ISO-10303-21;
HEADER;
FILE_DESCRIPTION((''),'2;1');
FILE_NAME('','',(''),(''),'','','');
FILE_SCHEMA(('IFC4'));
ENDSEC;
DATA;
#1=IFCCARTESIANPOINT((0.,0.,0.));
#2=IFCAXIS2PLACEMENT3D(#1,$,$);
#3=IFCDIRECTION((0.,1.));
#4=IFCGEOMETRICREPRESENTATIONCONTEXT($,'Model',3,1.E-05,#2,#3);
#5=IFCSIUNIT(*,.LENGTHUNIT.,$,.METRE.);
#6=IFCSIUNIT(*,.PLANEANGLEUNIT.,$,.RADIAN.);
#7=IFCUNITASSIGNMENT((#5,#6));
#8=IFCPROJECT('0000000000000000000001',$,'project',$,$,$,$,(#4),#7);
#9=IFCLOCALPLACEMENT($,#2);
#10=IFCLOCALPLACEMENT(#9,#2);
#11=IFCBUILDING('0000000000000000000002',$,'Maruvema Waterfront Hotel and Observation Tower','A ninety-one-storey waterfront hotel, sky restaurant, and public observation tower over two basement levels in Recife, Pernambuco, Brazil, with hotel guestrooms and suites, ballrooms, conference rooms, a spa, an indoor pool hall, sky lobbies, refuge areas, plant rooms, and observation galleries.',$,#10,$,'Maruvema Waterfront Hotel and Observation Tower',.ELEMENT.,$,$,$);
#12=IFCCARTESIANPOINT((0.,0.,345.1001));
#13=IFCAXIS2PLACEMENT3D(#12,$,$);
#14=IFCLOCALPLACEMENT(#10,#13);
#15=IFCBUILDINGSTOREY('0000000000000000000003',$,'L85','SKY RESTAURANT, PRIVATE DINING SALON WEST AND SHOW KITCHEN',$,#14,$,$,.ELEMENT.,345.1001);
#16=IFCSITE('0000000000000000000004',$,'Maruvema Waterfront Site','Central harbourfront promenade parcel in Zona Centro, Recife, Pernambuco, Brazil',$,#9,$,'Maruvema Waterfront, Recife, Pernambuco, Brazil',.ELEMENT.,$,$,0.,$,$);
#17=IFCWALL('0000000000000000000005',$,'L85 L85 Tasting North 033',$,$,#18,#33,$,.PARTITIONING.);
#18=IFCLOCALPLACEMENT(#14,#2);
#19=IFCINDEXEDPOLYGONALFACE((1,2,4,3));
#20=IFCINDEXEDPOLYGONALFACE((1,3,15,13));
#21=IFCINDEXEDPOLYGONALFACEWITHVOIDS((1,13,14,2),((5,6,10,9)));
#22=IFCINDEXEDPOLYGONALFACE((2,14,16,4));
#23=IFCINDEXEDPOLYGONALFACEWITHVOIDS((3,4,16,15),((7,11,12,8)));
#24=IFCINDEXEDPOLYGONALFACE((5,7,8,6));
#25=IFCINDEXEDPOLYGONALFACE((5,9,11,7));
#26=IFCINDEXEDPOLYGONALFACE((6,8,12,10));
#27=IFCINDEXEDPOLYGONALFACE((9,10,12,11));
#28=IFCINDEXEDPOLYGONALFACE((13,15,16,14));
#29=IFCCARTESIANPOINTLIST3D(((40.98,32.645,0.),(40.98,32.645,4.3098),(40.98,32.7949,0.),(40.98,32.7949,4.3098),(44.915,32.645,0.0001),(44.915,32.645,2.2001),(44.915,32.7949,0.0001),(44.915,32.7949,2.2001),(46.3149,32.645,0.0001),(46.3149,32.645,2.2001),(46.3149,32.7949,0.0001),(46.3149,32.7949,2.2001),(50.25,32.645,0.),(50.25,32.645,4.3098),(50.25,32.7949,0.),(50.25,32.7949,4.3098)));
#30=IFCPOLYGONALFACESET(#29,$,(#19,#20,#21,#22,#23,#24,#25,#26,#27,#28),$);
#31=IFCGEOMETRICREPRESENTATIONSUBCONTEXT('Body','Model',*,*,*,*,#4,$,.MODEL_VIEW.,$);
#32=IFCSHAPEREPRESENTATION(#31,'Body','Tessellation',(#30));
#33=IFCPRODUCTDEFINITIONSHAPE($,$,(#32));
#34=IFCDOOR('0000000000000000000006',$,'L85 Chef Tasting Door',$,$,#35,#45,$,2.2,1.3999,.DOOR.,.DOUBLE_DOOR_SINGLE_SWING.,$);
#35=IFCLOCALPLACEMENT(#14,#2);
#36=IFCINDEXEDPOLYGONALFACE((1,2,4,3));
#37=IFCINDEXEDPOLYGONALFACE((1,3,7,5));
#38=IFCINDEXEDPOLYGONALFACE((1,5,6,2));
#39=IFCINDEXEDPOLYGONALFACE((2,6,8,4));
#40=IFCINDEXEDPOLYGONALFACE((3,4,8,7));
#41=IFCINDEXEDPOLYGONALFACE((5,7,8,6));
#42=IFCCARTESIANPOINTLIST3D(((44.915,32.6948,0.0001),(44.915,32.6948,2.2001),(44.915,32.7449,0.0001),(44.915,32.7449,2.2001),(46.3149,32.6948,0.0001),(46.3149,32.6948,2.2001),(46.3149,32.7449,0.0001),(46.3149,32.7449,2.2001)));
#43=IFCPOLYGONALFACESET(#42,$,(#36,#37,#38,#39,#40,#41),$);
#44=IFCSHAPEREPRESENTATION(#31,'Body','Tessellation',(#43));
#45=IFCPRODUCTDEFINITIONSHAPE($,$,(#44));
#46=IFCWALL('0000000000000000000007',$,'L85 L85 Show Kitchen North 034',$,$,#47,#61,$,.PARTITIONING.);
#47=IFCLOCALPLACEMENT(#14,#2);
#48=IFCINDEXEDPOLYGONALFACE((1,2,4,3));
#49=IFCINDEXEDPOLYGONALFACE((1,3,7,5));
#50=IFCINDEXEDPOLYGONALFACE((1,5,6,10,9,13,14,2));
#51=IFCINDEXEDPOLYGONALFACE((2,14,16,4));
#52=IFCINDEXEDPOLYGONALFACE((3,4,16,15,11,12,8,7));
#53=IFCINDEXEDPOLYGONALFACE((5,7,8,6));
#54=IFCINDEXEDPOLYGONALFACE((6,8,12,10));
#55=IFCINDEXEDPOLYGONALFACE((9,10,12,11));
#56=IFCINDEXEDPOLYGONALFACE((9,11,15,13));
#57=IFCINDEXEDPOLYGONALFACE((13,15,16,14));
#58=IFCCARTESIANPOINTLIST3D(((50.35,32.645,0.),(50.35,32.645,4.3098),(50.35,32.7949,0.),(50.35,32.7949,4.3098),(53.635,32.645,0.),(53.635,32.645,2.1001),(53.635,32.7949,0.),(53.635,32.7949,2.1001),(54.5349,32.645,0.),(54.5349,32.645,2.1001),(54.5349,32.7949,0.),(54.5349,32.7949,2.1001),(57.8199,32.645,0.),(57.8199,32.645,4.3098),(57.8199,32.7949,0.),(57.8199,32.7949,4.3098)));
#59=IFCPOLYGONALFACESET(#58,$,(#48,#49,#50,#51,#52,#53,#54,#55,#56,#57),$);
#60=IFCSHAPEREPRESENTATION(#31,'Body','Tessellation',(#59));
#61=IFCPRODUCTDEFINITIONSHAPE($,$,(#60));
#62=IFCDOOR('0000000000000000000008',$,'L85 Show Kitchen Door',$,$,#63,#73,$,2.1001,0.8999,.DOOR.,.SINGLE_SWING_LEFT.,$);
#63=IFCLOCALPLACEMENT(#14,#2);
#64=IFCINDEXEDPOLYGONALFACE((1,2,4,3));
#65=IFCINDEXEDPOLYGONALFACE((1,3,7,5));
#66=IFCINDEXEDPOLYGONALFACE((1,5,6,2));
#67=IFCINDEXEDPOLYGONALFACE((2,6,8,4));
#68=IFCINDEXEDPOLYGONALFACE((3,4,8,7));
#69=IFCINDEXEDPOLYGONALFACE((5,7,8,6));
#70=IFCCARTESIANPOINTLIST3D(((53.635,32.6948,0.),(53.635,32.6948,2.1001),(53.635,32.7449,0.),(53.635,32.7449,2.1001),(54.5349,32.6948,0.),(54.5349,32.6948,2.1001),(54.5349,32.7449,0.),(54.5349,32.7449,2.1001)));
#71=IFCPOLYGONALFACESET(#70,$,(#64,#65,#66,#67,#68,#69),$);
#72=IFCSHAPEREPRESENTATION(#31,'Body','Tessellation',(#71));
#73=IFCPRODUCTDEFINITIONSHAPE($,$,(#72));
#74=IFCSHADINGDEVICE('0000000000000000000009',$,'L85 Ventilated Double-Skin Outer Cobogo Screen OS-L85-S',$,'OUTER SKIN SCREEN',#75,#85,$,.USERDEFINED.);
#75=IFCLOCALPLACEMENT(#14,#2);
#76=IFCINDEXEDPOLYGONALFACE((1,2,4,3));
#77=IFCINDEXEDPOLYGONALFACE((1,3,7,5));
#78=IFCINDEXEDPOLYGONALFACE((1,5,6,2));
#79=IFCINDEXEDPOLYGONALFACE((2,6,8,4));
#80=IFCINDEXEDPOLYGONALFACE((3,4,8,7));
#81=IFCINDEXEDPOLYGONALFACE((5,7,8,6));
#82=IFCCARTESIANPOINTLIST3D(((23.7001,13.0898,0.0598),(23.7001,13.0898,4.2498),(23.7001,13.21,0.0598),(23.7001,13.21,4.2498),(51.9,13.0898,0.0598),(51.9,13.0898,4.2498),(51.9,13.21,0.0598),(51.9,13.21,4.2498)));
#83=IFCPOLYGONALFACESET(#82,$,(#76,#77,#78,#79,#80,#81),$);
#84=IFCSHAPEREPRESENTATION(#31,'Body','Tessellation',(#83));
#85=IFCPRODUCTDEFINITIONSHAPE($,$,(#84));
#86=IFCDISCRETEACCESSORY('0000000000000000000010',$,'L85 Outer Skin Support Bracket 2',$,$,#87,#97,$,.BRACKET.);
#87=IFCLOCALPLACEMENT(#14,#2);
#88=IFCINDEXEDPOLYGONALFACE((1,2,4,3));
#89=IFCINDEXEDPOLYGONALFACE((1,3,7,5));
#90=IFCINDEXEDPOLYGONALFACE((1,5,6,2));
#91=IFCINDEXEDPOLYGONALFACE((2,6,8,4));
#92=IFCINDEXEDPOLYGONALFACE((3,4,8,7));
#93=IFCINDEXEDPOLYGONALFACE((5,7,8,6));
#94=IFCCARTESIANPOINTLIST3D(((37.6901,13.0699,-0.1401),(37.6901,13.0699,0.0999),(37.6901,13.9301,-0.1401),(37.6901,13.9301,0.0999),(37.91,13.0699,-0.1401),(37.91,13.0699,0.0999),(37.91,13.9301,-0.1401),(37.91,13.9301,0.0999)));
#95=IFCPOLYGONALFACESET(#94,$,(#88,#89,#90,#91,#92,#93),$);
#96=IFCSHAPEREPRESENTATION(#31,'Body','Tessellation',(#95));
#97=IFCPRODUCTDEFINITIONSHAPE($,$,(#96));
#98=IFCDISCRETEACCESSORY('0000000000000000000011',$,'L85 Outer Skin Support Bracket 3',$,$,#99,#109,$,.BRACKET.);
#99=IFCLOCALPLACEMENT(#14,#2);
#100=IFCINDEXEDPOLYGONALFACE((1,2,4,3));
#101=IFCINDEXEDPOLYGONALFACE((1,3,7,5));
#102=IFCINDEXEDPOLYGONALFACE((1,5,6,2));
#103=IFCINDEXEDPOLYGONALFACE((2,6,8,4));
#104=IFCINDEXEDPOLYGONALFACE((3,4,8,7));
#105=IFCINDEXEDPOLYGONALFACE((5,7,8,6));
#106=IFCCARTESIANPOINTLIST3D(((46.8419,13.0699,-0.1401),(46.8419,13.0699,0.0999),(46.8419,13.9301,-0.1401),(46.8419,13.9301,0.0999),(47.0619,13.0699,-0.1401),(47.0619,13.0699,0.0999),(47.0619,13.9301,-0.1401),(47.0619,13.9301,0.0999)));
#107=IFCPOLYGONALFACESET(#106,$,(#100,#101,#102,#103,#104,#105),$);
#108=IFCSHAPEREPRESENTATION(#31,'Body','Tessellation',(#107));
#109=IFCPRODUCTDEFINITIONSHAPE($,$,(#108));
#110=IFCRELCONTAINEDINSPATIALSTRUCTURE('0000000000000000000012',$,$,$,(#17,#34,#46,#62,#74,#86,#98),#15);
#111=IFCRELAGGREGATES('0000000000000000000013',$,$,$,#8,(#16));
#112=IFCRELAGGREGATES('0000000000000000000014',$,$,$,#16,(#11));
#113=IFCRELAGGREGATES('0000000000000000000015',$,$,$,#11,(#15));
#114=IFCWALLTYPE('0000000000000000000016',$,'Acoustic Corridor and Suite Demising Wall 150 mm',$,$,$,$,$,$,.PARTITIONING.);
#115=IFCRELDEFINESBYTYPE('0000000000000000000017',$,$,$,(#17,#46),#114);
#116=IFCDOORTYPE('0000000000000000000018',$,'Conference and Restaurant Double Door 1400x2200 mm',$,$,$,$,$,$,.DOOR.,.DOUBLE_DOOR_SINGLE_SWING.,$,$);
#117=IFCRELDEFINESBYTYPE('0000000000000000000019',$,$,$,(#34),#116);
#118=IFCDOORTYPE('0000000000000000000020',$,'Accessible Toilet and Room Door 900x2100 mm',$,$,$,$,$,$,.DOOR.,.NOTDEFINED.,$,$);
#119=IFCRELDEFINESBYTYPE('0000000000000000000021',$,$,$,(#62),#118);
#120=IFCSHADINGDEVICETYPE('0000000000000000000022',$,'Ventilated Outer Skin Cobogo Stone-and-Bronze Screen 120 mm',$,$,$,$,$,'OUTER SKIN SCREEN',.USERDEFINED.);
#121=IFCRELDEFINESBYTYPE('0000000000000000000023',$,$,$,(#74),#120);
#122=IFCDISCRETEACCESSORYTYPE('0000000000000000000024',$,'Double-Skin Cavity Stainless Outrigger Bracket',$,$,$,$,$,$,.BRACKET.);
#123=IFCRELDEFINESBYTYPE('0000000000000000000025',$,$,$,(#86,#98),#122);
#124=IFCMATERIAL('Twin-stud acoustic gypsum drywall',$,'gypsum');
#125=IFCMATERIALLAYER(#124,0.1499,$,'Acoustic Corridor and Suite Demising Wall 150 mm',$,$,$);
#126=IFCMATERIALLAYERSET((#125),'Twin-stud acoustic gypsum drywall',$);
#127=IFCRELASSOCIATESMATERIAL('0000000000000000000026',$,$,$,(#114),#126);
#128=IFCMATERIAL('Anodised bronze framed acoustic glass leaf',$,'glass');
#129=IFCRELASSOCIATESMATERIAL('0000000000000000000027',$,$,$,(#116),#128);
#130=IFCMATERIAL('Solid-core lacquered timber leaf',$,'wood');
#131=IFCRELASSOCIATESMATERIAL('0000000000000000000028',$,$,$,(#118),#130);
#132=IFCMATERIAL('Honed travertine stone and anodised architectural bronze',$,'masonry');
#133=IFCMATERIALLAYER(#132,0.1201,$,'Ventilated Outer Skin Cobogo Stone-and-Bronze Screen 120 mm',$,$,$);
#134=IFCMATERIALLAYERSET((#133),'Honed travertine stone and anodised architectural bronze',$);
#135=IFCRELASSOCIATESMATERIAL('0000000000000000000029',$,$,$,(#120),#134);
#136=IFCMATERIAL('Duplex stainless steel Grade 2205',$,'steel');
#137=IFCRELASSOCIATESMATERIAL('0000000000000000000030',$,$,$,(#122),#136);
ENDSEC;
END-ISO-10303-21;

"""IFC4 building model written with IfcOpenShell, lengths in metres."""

from ifc_helpers import new_model, si_unit, direction, frame, frame_2d, origin, origin_2d, place, context, subcontext, project, spatial, rectangle, extrude, material, layer, layer_set, type_object, element, fill, save


model = new_model("IFC4")

# Units and contexts
model_context = context("Model", 3, precision=1e-05, world=origin(), true_north=direction((0.0, 1.0)))
body_context = subcontext(model_context, "Body", "Model", "MODEL_VIEW")
ifc_project = project(units=[si_unit("LENGTHUNIT", "METRE"), si_unit("PLANEANGLEUNIT", "RADIAN")], contexts=[model_context])

# Site, building, storey
site_placement = place(None, origin())
site = spatial("IfcSite", under=ifc_project, at=site_placement, Name="Maruvema Waterfront Site", Description="Central harbourfront promenade parcel in Zona Centro, Recife, Pernambuco, Brazil", LongName="Maruvema Waterfront, Recife, Pernambuco, Brazil", CompositionType="ELEMENT", RefElevation=0.0)
building_placement = place(site_placement, origin())
building = spatial("IfcBuilding", under=site, at=building_placement, Name="Maruvema Waterfront Hotel and Observation Tower", Description="A ninety-one-storey waterfront hotel, sky restaurant, and public observation tower over two basement levels in Recife, Pernambuco, Brazil, with hotel guestrooms and suites, ballrooms, conference rooms, a spa, an indoor pool hall, sky lobbies, refuge areas, plant rooms, and observation galleries.", LongName="Maruvema Waterfront Hotel and Observation Tower", CompositionType="ELEMENT")
storey_placement = place(building_placement, frame((0.0, 0.0, 345.1001)))
storey = spatial("IfcBuildingStorey", under=building, at=storey_placement, Name="L85", Description="SKY RESTAURANT, PRIVATE DINING SALON WEST AND SHOW KITCHEN", CompositionType="ELEMENT", Elevation=345.1001)

# Shared definitions
ifc_material_1 = material(Name="Twin-stud acoustic gypsum drywall", Category="gypsum")
ifc_layer_1 = layer(ifc_material_1, 0.1499, Name="Acoustic Corridor and Suite Demising Wall 150 mm")
ifc_layer_set_1 = layer_set([ifc_layer_1], Name="Twin-stud acoustic gypsum drywall")
wall_type = type_object("IfcWallType", Name="Acoustic Corridor and Suite Demising Wall 150 mm", PredefinedType="PARTITIONING", material=ifc_layer_set_1)

# Walls, openings, doors
wall_1_placement = place(storey_placement, frame((40.98, 32.72, 0.0), z_axis=(0.0, 0.0, 1.0), x_axis=(1.0, 0.0, 0.0)))
wall_1 = element("IfcWall", 1, at=wall_1_placement, inside=storey, type_object=wall_type, Name="L85 L85 Tasting North 033", PredefinedType="PARTITIONING", context=body_context, shape_type="SweptSolid", body=[
    extrude(rectangle(XDim=9.27, YDim=0.1499, at=frame_2d((4.635, 0.0))), origin(), (0.0, 0.0, 1.0), 4.3098),
])
opening_1_placement = place(wall_1_placement, frame((3.9351, 0.0, 0.0)))
opening_1 = element("IfcOpeningElement", 2, at=opening_1_placement, cuts=wall_1, PredefinedType="OPENING", context=body_context, shape_type="SweptSolid", body=[
    extrude(rectangle(XDim=1.3999, YDim=2.2, at=frame_2d((0.7, 1.1001))), frame((0.0, 0.085, 0.0), z_axis=(0.0, -1.0, 0.0), x_axis=(1.0, 0.0, 0.0)), (0.0, 0.0, 1.0), 0.1699),
])
ifc_material_2 = material(Name="Anodised bronze framed acoustic glass leaf", Category="glass")
door_type_1 = type_object("IfcDoorType", Name="Conference and Restaurant Double Door 1400x2200 mm", OperationType="DOUBLE_DOOR_SINGLE_SWING", PredefinedType="DOOR", material=ifc_material_2)
door_1_placement = place(opening_1_placement, origin())
door_1 = element("IfcDoor", 3, at=door_1_placement, inside=storey, type_object=door_type_1, Name="L85 Chef Tasting Door", OperationType="DOUBLE_DOOR_SINGLE_SWING", OverallHeight=2.2, OverallWidth=1.3999, PredefinedType="DOOR", context=body_context, shape_type="SweptSolid", body=[
    extrude(rectangle(XDim=1.3999, YDim=2.2, at=frame_2d((0.7, 1.1001))), frame((0.0, 0.0249, 0.0), z_axis=(0.0, -1.0, 0.0), x_axis=(1.0, 0.0, 0.0)), (0.0, 0.0, 1.0), 0.05),
])
fill(opening_1, door_1)
wall_2_placement = place(storey_placement, frame((50.3501, 32.72, 0.0), z_axis=(0.0, 0.0, 1.0), x_axis=(1.0, 0.0, 0.0)))
wall_2 = element("IfcWall", 4, at=wall_2_placement, inside=storey, type_object=wall_type, Name="L85 L85 Show Kitchen North 034", PredefinedType="PARTITIONING", context=body_context, shape_type="SweptSolid", body=[
    extrude(rectangle(XDim=7.47, YDim=0.1499, at=frame_2d((3.7349, 0.0))), origin(), (0.0, 0.0, 1.0), 4.3098),
])
opening_2_placement = place(wall_2_placement, frame((3.2849, 0.0, 0.0)))
opening_2 = element("IfcOpeningElement", 5, at=opening_2_placement, cuts=wall_2, PredefinedType="OPENING", context=body_context, shape_type="SweptSolid", body=[
    extrude(rectangle(XDim=0.8999, YDim=2.1001, at=frame_2d((0.45, 1.05))), frame((0.0, 0.085, 0.0), z_axis=(0.0, -1.0, 0.0), x_axis=(1.0, 0.0, 0.0)), (0.0, 0.0, 1.0), 0.1699),
])
ifc_material_3 = material(Name="Solid-core lacquered timber leaf", Category="wood")
door_type_2 = type_object("IfcDoorType", Name="Accessible Toilet and Room Door 900x2100 mm", OperationType="NOTDEFINED", PredefinedType="DOOR", material=ifc_material_3)
door_2_placement = place(opening_2_placement, origin())
door_2 = element("IfcDoor", 6, at=door_2_placement, inside=storey, type_object=door_type_2, Name="L85 Show Kitchen Door", OperationType="SINGLE_SWING_LEFT", OverallHeight=2.1001, OverallWidth=0.8999, PredefinedType="DOOR", context=body_context, shape_type="SweptSolid", body=[
    extrude(rectangle(XDim=0.8999, YDim=2.1001, at=frame_2d((0.45, 1.05))), frame((0.0, 0.0249, 0.0), z_axis=(0.0, -1.0, 0.0), x_axis=(1.0, 0.0, 0.0)), (0.0, 0.0, 1.0), 0.05),
])
fill(opening_2, door_2)

# Shading device
ifc_material_4 = material(Name="Honed travertine stone and anodised architectural bronze", Category="masonry")
ifc_layer_2 = layer(ifc_material_4, 0.1201, Name="Ventilated Outer Skin Cobogo Stone-and-Bronze Screen 120 mm")
ifc_layer_set_2 = layer_set([ifc_layer_2], Name="Honed travertine stone and anodised architectural bronze")
shading_device_type = type_object("IfcShadingDeviceType", Name="Ventilated Outer Skin Cobogo Stone-and-Bronze Screen 120 mm", ElementType="OUTER SKIN SCREEN", PredefinedType="USERDEFINED", material=ifc_layer_set_2)
shading_device_placement = place(storey_placement, frame((37.8, 13.1499, 0.0598), z_axis=(0.0, 0.0, 1.0), x_axis=(1.0, 0.0, 0.0)))
element("IfcShadingDevice", 7, at=shading_device_placement, inside=storey, type_object=shading_device_type, Name="L85 Ventilated Double-Skin Outer Cobogo Screen OS-L85-S", ObjectType="OUTER SKIN SCREEN", PredefinedType="USERDEFINED", context=body_context, shape_type="SweptSolid", body=[
    extrude(rectangle(XDim=28.2, YDim=0.1201, at=origin_2d()), origin(), (0.0, 0.0, 1.0), 4.1899),
])

# Discrete accessories
ifc_material_5 = material(Name="Duplex stainless steel Grade 2205", Category="steel")
discrete_accessory_type = type_object("IfcDiscreteAccessoryType", Name="Double-Skin Cavity Stainless Outrigger Bracket", PredefinedType="BRACKET", material=ifc_material_5)
for number, where, z_axis, x_axis, name in (
    (8, (37.8, 13.5, -0.1401), (0.0, 0.0, 1.0), (1.0, 0.0, 0.0), "L85 Outer Skin Support Bracket 2"),
    (9, (46.9519, 13.5, -0.1401), (0.0, 0.0, 1.0), (1.0, 0.0, 0.0), "L85 Outer Skin Support Bracket 3"),
):
    element("IfcDiscreteAccessory", number, at=place(storey_placement, frame(where, z_axis=z_axis, x_axis=x_axis)), inside=storey, type_object=discrete_accessory_type, Name=name, PredefinedType="BRACKET", context=body_context, shape_type="SweptSolid", body=[
        extrude(rectangle(XDim=0.22, YDim=0.8601, at=origin_2d()), origin(), (0.0, 0.0, 1.0), 0.24),
    ])

save(model, "model.ifc")
